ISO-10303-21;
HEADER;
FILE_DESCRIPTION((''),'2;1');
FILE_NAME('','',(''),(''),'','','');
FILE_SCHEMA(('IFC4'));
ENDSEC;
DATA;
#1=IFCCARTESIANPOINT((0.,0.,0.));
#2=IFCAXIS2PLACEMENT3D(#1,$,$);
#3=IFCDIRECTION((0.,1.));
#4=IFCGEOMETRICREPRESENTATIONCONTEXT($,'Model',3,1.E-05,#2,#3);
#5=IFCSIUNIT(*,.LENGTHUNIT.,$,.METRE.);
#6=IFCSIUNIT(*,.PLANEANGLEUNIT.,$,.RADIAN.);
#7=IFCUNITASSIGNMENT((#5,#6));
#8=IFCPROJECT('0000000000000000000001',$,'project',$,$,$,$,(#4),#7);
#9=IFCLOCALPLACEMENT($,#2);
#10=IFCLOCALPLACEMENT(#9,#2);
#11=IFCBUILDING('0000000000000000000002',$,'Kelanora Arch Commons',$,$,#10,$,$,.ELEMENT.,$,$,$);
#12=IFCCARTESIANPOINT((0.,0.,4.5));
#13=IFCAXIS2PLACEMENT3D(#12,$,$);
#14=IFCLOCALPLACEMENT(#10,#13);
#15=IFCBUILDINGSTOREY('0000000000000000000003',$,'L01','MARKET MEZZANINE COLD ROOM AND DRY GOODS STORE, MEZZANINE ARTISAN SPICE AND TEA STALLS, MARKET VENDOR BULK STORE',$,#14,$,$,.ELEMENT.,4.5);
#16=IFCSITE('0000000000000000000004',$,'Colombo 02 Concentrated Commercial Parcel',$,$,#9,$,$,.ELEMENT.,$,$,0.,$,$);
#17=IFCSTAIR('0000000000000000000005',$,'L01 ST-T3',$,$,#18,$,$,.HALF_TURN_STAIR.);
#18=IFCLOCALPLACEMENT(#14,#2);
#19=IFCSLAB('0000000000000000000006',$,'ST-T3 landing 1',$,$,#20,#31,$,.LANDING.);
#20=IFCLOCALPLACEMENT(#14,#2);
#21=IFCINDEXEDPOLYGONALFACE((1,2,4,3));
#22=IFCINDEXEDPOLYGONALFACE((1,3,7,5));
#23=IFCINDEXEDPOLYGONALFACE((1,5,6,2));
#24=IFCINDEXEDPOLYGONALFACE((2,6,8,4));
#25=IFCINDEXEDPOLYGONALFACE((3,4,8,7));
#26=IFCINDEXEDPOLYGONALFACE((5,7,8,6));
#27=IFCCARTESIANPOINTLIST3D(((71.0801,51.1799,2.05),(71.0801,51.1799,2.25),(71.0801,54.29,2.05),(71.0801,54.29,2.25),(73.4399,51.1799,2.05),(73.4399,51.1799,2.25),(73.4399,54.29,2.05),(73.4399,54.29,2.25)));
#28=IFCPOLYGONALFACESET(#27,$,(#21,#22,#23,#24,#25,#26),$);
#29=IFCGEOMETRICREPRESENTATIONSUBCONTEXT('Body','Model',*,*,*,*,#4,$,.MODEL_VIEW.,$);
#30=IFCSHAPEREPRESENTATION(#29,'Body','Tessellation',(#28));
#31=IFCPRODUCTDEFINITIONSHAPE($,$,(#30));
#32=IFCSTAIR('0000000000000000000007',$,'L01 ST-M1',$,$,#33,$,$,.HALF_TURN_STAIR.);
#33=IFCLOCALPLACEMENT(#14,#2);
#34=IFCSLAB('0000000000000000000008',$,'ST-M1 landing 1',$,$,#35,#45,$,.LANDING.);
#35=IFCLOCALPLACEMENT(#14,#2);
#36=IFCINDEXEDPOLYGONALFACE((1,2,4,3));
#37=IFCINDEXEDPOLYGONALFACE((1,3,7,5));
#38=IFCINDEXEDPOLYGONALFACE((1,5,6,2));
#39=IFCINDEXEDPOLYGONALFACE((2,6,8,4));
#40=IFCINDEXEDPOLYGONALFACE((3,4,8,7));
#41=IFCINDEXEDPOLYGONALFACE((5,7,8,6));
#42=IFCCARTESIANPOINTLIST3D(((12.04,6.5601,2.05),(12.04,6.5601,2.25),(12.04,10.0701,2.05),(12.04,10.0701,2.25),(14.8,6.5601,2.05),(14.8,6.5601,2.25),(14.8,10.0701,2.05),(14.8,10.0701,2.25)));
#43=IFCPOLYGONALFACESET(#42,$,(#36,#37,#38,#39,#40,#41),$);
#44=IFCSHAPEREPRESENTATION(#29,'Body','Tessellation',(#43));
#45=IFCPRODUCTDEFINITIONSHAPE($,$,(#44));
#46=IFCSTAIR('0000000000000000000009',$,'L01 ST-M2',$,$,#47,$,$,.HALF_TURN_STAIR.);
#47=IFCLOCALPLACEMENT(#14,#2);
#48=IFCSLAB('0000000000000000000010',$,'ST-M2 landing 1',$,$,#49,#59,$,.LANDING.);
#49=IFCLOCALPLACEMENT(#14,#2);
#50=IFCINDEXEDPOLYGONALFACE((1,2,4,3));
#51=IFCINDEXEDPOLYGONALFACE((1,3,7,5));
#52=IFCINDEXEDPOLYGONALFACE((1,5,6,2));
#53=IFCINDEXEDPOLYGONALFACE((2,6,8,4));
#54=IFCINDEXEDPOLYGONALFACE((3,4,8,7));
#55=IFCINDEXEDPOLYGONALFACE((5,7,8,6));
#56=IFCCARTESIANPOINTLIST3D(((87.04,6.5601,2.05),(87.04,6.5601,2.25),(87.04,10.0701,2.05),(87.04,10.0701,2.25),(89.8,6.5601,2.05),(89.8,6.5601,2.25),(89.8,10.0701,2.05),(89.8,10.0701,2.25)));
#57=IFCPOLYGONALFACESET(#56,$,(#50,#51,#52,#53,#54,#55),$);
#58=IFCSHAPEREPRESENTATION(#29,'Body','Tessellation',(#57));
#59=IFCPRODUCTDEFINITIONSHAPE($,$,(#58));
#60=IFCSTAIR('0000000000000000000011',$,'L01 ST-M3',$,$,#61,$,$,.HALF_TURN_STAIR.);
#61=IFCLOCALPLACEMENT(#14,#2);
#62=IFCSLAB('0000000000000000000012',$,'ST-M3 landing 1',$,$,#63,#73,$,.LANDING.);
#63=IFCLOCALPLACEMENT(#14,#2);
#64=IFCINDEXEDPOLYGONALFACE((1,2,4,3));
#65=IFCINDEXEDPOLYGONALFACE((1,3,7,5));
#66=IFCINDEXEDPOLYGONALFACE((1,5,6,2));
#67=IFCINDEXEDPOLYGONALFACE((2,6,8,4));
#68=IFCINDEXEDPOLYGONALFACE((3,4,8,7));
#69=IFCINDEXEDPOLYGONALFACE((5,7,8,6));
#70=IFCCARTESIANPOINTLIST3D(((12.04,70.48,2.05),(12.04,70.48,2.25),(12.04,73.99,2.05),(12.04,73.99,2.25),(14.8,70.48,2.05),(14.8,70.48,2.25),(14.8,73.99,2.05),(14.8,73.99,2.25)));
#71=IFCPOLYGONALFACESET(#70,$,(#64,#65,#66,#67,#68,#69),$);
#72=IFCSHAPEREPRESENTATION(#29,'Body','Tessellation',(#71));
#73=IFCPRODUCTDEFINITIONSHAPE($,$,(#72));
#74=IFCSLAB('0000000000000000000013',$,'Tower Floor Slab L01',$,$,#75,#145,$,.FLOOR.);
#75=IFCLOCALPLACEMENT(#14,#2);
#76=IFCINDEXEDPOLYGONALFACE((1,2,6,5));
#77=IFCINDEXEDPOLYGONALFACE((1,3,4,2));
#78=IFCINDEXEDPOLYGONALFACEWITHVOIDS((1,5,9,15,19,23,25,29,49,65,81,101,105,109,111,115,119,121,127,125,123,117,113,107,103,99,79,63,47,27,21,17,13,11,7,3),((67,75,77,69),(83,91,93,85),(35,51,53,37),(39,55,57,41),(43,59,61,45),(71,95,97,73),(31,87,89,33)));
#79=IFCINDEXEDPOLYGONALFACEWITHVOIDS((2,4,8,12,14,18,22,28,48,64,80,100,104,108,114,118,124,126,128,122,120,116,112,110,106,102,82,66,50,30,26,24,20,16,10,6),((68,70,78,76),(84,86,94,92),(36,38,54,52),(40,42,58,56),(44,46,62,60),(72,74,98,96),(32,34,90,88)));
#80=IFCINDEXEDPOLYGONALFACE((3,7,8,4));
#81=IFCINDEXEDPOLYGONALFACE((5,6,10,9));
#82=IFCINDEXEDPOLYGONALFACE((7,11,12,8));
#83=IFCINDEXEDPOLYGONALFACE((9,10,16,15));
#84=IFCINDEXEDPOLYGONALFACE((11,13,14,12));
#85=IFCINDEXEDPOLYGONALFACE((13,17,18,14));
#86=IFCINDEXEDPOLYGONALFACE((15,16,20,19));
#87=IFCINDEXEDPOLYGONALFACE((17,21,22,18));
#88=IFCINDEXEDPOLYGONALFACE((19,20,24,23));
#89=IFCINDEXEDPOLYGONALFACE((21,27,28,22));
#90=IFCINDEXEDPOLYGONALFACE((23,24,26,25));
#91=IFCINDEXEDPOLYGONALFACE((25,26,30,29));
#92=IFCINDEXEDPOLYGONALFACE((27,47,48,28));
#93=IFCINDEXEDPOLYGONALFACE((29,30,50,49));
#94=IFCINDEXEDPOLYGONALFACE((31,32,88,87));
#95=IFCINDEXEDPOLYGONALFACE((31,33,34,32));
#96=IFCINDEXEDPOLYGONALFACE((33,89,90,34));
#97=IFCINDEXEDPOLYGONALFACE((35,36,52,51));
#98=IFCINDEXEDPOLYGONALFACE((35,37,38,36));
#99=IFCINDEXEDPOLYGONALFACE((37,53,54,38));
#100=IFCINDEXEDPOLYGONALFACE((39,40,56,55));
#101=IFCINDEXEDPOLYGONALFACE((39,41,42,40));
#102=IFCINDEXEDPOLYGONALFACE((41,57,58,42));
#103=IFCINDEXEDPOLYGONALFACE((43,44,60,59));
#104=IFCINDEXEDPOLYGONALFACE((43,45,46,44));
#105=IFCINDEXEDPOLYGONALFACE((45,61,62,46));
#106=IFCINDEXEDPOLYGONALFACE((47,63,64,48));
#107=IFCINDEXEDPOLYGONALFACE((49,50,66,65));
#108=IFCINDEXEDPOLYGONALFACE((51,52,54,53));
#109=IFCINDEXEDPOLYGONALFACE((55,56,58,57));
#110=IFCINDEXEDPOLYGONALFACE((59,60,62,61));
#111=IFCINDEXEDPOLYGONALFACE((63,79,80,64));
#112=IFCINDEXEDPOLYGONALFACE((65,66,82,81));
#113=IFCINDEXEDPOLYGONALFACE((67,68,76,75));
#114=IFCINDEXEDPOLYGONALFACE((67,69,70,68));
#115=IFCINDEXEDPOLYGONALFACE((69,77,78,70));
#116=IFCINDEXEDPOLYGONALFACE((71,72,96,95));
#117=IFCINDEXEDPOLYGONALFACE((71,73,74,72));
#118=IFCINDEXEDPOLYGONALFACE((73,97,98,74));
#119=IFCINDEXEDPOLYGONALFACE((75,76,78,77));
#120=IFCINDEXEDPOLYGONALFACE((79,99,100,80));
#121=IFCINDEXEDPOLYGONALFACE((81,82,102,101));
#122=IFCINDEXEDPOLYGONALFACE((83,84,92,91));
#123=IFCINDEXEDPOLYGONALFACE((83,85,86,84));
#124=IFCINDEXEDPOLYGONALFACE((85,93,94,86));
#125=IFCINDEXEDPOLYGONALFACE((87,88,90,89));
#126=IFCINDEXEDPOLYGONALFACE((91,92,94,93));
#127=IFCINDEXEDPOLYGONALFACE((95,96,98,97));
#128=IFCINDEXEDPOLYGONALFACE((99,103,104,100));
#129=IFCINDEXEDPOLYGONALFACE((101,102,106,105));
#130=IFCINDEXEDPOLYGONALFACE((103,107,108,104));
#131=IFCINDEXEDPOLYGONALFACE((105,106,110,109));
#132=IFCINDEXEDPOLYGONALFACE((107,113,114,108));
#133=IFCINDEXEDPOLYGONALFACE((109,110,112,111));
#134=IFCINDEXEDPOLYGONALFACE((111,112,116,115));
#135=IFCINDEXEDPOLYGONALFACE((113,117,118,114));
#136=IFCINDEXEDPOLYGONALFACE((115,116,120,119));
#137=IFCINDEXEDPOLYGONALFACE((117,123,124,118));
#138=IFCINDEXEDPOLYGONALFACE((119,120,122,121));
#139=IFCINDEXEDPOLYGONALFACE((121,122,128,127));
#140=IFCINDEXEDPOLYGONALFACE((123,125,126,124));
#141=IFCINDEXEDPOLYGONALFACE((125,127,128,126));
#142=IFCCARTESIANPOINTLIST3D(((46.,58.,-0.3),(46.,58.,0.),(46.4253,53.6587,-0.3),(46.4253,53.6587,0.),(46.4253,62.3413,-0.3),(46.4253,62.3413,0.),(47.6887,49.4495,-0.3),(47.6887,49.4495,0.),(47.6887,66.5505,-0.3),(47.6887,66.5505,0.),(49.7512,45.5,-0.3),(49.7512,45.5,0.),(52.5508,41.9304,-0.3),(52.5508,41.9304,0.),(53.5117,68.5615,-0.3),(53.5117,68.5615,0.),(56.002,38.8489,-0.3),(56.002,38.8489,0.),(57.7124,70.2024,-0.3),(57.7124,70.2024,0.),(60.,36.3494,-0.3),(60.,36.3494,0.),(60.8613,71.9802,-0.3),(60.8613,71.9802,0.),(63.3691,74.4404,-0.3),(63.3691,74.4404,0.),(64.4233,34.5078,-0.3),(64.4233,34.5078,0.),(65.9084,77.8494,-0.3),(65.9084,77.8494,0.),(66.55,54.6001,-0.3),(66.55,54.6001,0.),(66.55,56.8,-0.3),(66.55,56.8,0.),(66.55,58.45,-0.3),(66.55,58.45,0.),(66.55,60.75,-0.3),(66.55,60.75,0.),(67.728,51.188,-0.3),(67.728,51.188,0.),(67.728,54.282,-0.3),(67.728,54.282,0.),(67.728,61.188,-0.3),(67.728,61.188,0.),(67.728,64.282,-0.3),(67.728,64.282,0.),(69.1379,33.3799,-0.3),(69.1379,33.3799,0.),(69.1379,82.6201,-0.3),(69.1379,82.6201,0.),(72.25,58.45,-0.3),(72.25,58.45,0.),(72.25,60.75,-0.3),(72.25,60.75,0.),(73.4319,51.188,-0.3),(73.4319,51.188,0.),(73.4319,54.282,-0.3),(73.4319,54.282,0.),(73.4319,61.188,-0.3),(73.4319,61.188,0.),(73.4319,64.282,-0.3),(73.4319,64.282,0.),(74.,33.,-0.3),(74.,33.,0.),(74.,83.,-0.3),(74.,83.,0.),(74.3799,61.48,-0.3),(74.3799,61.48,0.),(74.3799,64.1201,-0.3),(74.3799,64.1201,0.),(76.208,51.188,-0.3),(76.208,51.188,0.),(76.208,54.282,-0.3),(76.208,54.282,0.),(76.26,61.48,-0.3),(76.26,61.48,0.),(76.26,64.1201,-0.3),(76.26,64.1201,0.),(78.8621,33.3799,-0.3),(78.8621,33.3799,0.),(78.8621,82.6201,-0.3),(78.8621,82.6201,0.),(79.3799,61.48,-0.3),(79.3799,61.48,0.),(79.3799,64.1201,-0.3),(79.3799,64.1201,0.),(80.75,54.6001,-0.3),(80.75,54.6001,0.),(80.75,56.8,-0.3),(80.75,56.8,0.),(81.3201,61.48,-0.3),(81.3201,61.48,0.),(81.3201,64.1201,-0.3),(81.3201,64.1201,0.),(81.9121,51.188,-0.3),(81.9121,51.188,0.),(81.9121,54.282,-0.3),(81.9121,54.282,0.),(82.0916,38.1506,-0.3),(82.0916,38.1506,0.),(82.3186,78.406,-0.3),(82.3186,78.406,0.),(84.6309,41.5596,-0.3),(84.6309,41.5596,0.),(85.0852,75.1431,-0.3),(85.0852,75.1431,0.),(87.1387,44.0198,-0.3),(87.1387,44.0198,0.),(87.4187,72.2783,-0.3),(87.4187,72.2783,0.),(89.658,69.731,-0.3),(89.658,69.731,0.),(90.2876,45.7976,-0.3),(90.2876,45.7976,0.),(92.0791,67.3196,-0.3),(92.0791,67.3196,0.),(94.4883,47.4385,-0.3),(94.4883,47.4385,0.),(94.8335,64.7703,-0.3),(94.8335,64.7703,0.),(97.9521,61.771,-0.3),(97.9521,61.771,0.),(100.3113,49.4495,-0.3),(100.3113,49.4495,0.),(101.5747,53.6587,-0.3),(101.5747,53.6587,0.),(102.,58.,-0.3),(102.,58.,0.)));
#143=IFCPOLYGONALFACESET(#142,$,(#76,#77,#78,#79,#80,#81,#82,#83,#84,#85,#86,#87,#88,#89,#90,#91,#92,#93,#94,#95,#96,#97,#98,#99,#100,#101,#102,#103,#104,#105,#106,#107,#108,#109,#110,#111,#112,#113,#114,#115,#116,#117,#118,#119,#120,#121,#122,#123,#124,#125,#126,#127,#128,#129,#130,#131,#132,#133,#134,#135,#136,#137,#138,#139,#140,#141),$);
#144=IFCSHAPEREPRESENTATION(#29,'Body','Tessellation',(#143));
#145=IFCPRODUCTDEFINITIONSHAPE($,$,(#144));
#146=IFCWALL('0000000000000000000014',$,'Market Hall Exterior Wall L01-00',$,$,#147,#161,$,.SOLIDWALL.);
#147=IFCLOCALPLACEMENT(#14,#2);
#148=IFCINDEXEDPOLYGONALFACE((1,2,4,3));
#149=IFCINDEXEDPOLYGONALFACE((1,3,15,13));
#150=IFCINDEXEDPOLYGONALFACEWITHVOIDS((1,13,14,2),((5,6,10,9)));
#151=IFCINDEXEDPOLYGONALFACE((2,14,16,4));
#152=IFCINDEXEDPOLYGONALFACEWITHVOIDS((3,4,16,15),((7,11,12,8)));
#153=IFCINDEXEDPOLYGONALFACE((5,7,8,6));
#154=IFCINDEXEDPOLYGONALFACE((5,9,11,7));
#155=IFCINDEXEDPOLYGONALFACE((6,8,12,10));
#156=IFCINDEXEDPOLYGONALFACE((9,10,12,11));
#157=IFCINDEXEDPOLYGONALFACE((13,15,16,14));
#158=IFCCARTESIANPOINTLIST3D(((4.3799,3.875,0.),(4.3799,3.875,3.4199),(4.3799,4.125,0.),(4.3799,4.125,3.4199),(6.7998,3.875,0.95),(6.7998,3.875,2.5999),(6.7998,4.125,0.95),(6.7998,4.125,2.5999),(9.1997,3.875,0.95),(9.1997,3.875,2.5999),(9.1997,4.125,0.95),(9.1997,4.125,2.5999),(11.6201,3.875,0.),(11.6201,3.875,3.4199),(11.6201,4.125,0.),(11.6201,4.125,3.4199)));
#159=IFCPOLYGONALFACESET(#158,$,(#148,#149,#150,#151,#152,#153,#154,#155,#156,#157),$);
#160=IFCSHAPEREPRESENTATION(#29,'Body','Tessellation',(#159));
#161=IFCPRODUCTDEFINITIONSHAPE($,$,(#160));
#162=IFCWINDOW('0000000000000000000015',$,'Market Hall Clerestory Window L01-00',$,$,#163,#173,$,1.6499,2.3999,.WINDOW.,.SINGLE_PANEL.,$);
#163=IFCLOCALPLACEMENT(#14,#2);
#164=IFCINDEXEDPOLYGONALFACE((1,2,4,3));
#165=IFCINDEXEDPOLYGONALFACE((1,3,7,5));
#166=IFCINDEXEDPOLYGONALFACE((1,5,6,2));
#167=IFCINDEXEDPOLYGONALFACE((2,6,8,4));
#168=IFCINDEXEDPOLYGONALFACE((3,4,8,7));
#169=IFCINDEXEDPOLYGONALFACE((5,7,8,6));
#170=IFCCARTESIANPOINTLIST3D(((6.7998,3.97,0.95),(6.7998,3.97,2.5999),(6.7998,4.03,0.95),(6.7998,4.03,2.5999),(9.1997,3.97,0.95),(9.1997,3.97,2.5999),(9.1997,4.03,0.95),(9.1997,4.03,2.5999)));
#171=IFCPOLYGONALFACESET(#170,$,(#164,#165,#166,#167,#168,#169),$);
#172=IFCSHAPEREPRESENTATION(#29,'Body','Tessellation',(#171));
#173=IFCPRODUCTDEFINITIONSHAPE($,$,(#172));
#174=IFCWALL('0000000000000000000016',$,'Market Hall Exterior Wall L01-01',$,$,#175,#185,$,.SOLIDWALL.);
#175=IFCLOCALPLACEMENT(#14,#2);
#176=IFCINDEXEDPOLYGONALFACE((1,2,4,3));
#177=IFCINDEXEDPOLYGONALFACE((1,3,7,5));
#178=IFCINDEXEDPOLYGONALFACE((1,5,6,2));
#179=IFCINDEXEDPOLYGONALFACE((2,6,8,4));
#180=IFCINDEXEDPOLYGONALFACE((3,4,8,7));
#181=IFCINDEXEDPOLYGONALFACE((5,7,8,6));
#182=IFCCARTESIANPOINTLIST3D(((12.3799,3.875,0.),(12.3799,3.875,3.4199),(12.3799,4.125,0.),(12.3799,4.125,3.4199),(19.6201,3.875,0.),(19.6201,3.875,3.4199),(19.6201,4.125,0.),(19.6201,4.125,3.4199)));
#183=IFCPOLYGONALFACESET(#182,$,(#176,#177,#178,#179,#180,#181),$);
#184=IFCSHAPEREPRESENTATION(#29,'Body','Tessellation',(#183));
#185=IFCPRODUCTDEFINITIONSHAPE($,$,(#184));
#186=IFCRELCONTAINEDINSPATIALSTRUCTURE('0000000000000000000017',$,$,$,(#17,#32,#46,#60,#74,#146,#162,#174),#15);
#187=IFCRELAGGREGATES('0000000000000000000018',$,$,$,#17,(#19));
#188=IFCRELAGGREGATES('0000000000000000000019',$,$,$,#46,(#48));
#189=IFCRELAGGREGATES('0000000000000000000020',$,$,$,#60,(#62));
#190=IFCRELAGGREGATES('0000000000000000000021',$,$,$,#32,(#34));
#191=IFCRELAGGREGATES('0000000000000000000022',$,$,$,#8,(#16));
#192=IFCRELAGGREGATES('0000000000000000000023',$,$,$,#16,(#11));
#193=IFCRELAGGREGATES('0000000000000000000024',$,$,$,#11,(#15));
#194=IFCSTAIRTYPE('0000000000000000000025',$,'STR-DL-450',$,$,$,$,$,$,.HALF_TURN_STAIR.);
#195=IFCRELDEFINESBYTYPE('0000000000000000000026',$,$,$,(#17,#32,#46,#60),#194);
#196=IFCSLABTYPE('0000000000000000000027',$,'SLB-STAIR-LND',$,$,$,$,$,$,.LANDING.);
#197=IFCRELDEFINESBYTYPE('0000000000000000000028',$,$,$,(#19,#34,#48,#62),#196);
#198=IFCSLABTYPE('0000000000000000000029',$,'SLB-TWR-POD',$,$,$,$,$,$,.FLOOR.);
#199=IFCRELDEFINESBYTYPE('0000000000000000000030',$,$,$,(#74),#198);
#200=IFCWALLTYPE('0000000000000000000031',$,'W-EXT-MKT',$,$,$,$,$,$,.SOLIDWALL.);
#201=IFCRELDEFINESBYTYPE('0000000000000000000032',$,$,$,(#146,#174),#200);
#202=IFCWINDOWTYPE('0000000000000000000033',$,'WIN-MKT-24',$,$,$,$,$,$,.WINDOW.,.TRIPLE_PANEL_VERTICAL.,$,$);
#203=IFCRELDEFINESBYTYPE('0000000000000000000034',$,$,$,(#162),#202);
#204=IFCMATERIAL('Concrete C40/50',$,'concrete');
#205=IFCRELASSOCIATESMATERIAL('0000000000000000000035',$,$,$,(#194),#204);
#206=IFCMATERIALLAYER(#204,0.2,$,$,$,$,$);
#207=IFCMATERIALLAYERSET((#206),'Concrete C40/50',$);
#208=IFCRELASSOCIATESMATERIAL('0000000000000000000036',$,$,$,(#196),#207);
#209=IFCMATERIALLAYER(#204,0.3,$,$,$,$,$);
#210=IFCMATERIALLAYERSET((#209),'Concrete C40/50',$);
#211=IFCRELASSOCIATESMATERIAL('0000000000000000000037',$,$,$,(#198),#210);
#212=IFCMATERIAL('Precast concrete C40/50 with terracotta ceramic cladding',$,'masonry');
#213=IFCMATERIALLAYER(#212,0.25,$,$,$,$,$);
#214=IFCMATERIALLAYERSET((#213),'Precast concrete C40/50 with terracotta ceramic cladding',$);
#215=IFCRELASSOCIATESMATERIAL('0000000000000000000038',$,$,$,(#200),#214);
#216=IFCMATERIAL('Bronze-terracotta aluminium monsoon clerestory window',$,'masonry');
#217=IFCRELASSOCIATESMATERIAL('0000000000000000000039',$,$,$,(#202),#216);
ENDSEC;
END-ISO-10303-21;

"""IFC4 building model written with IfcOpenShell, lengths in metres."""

from ifc_helpers import new_model, si_unit, direction, frame, frame_2d, origin, place, context, subcontext, project, spatial, polyline, rectangle, outline, extrude, material, layer, layer_set, type_object, element, fill, aggregate, save


model = new_model("IFC4")

# Units and contexts
model_context = context("Model", 3, precision=1e-05, world=origin(), true_north=direction((0.0, 1.0)))
body_context = subcontext(model_context, "Body", "Model", "MODEL_VIEW")
ifc_project = project(units=[si_unit("LENGTHUNIT", "METRE"), si_unit("PLANEANGLEUNIT", "RADIAN")], contexts=[model_context])

# Site, building, storey
site_placement = place(None, origin())
site = spatial("IfcSite", under=ifc_project, at=site_placement, Name="Colombo 02 Concentrated Commercial Parcel", CompositionType="ELEMENT", RefElevation=0.0)
building_placement = place(site_placement, origin())
building = spatial("IfcBuilding", under=site, at=building_placement, Name="Kelanora Arch Commons", CompositionType="ELEMENT")
storey_placement = place(building_placement, frame((0.0, 0.0, 4.5)))
storey = spatial("IfcBuildingStorey", under=building, at=storey_placement, Name="L01", Description="MARKET MEZZANINE COLD ROOM AND DRY GOODS STORE, MEZZANINE ARTISAN SPICE AND TEA STALLS, MARKET VENDOR BULK STORE", CompositionType="ELEMENT", Elevation=4.5)

# Shared definitions
ifc_material_1 = material(Name="Concrete C40/50", Category="concrete")

# Stairs, slabs
stair_type = type_object("IfcStairType", Name="STR-DL-450", PredefinedType="HALF_TURN_STAIR", material=ifc_material_1)
ifc_layer_1 = layer(ifc_material_1, 0.2)
ifc_layer_set_1 = layer_set([ifc_layer_1], Name="Concrete C40/50")
slab_type_1 = type_object("IfcSlabType", Name="SLB-STAIR-LND", PredefinedType="LANDING", material=ifc_layer_set_1)
stair_1_placement = place(storey_placement, origin())
stair_1 = element("IfcStair", 1, at=stair_1_placement, inside=storey, type_object=stair_type, Name="L01 ST-T3", PredefinedType="HALF_TURN_STAIR")
slab_1_placement = place(storey_placement, frame((0.0, 0.0, 2.05)))
slab_1 = element("IfcSlab", 2, at=slab_1_placement, type_object=slab_type_1, Name="ST-T3 landing 1", PredefinedType="LANDING", context=body_context, shape_type="SweptSolid", body=[
    extrude(outline(polyline([(71.0801, 51.1799), (73.4399, 51.1799), (73.4399, 54.29), (71.0801, 54.29), (71.0801, 51.1799)])), origin(), (0.0, 0.0, 1.0), 0.2),
])
aggregate(stair_1, [slab_1])
stair_2_placement = place(storey_placement, origin())
stair_2 = element("IfcStair", 3, at=stair_2_placement, inside=storey, type_object=stair_type, Name="L01 ST-M1", PredefinedType="HALF_TURN_STAIR")
slab_2_placement = place(storey_placement, frame((0.0, 0.0, 2.05)))
slab_2 = element("IfcSlab", 4, at=slab_2_placement, type_object=slab_type_1, Name="ST-M1 landing 1", PredefinedType="LANDING", context=body_context, shape_type="SweptSolid", body=[
    extrude(outline(polyline([(12.04, 6.5601), (14.8, 6.5601), (14.8, 10.0701), (12.04, 10.0701), (12.04, 6.5601)])), origin(), (0.0, 0.0, 1.0), 0.2),
])
stair_3_placement = place(storey_placement, origin())
stair_3 = element("IfcStair", 5, at=stair_3_placement, inside=storey, type_object=stair_type, Name="L01 ST-M2", PredefinedType="HALF_TURN_STAIR")
slab_3_placement = place(storey_placement, frame((0.0, 0.0, 2.05)))
slab_3 = element("IfcSlab", 6, at=slab_3_placement, type_object=slab_type_1, Name="ST-M2 landing 1", PredefinedType="LANDING", context=body_context, shape_type="SweptSolid", body=[
    extrude(outline(polyline([(87.04, 6.5601), (89.8, 6.5601), (89.8, 10.0701), (87.04, 10.0701), (87.04, 6.5601)])), origin(), (0.0, 0.0, 1.0), 0.2),
])
aggregate(stair_3, [slab_3])
stair_4_placement = place(storey_placement, origin())
stair_4 = element("IfcStair", 7, at=stair_4_placement, inside=storey, type_object=stair_type, Name="L01 ST-M3", PredefinedType="HALF_TURN_STAIR")
slab_4_placement = place(storey_placement, frame((0.0, 0.0, 2.05)))
slab_4 = element("IfcSlab", 8, at=slab_4_placement, type_object=slab_type_1, Name="ST-M3 landing 1", PredefinedType="LANDING", context=body_context, shape_type="SweptSolid", body=[
    extrude(outline(polyline([(12.04, 70.48), (14.8, 70.48), (14.8, 73.99), (12.04, 73.99), (12.04, 70.48)])), origin(), (0.0, 0.0, 1.0), 0.2),
])
aggregate(stair_4, [slab_4])

# Slab
ifc_layer_2 = layer(ifc_material_1, 0.3)
ifc_layer_set_2 = layer_set([ifc_layer_2], Name="Concrete C40/50")
slab_type_2 = type_object("IfcSlabType", Name="SLB-TWR-POD", PredefinedType="FLOOR", material=ifc_layer_set_2)
slab_5_placement = place(storey_placement, frame((0.0, 0.0, -0.3)))
element("IfcSlab", 9, at=slab_5_placement, inside=storey, type_object=slab_type_2, Name="Tower Floor Slab L01", PredefinedType="FLOOR", context=body_context, shape_type="SweptSolid", body=[
    extrude(outline(polyline([(102.0, 58.0), (97.9521, 61.771), (94.8335, 64.7703), (92.0791, 67.3196), (89.658, 69.731), (87.4187, 72.2783), (85.0852, 75.1431), (82.3186, 78.406), (78.8621, 82.6201), (74.0, 83.0), (69.1379, 82.6201), (65.9084, 77.8494), (63.3691, 74.4404), (60.8613, 71.9802), (57.7124, 70.2024), (53.5117, 68.5615), (47.6887, 66.5505), (46.4253, 62.3413), (46.0, 58.0), (46.4253, 53.6587), (47.6887, 49.4495), (49.7512, 45.5), (52.5508, 41.9304), (56.002, 38.8489), (60.0, 36.3494), (64.4233, 34.5078), (69.1379, 33.3799), (74.0, 33.0), (78.8621, 33.3799), (82.0916, 38.1506), (84.6309, 41.5596), (87.1387, 44.0198), (90.2876, 45.7976), (94.4883, 47.4385), (100.3113, 49.4495), (101.5747, 53.6587), (102.0, 58.0)]), holes=[polyline([(73.4319, 51.188), (67.728, 51.188), (67.728, 54.282), (73.4319, 54.282), (73.4319, 51.188)]), polyline([(76.208, 51.188), (76.208, 54.282), (81.9121, 54.282), (81.9121, 51.188), (76.208, 51.188)]), polyline([(66.55, 54.6001), (66.55, 56.8), (80.75, 56.8), (80.75, 54.6001), (66.55, 54.6001)]), polyline([(66.55, 58.45), (66.55, 60.75), (72.25, 60.75), (72.25, 58.45), (66.55, 58.45)]), polyline([(67.728, 61.188), (67.728, 64.282), (73.4319, 64.282), (73.4319, 61.188), (67.728, 61.188)]), polyline([(74.3799, 61.48), (74.3799, 64.1201), (76.26, 64.1201), (76.26, 61.48), (74.3799, 61.48)]), polyline([(79.3799, 61.48), (79.3799, 64.1201), (81.3201, 64.1201), (81.3201, 61.48), (79.3799, 61.48)])]), origin(), (0.0, 0.0, 1.0), 0.3),
])

# Wall, opening, window
ifc_material_2 = material(Name="Precast concrete C40/50 with terracotta ceramic cladding", Category="masonry")
ifc_layer_3 = layer(ifc_material_2, 0.25)
ifc_layer_set_3 = layer_set([ifc_layer_3], Name="Precast concrete C40/50 with terracotta ceramic cladding")
wall_type_1 = type_object("IfcWallType", Name="W-EXT-MKT", PredefinedType="SOLIDWALL", material=ifc_layer_set_3)
wall_1_placement = place(storey_placement, frame((4.3799, 4.0, 0.0), z_axis=(0.0, 0.0, 1.0), x_axis=(1.0, 0.0, 0.0)))
wall_1 = element("IfcWall", 10, at=wall_1_placement, inside=storey, type_object=wall_type_1, Name="Market Hall Exterior Wall L01-00", PredefinedType="SOLIDWALL", context=body_context, shape_type="SweptSolid", body=[
    extrude(rectangle(XDim=7.2402, YDim=0.25, at=frame_2d((3.6201, 0.0))), origin(), (0.0, 0.0, 1.0), 3.4199),
])
opening_placement = place(wall_1_placement, frame((2.4199, 0.0, 0.95)))
opening = element("IfcOpeningElement", 11, at=opening_placement, cuts=wall_1, PredefinedType="OPENING", context=body_context, shape_type="SweptSolid", body=[
    extrude(rectangle(XDim=2.3999, YDim=1.6499, at=frame_2d((1.2, 0.825))), frame((0.0, 0.135, 0.0), z_axis=(0.0, -1.0, 0.0), x_axis=(1.0, 0.0, 0.0)), (0.0, 0.0, 1.0), 0.27),
])
ifc_material_3 = material(Name="Bronze-terracotta aluminium monsoon clerestory window", Category="masonry")
window_type = type_object("IfcWindowType", Name="WIN-MKT-24", PartitioningType="TRIPLE_PANEL_VERTICAL", PredefinedType="WINDOW", material=ifc_material_3)
window_placement = place(opening_placement, origin())
window = element("IfcWindow", 12, at=window_placement, inside=storey, type_object=window_type, Name="Market Hall Clerestory Window L01-00", OverallHeight=1.6499, OverallWidth=2.3999, PartitioningType="SINGLE_PANEL", PredefinedType="WINDOW", context=body_context, shape_type="SweptSolid", body=[
    extrude(rectangle(XDim=2.3999, YDim=1.6499, at=frame_2d((1.2, 0.825))), frame((0.0, 0.03, 0.0), z_axis=(0.0, -1.0, 0.0), x_axis=(1.0, 0.0, 0.0)), (0.0, 0.0, 1.0), 0.0601),
])
fill(opening, window)

# Wall
wall_2_placement = place(storey_placement, frame((12.3799, 4.0, 0.0), z_axis=(0.0, 0.0, 1.0), x_axis=(1.0, 0.0, 0.0)))
element("IfcWall", 13, at=wall_2_placement, inside=storey, type_object=wall_type_1, Name="Market Hall Exterior Wall L01-01", PredefinedType="SOLIDWALL", context=body_context, shape_type="SweptSolid", body=[
    extrude(rectangle(XDim=7.2402, YDim=0.25, at=frame_2d((3.6201, 0.0))), origin(), (0.0, 0.0, 1.0), 3.4199),
])

aggregate(stair_2, [slab_2])

save(model, "model.ifc")
